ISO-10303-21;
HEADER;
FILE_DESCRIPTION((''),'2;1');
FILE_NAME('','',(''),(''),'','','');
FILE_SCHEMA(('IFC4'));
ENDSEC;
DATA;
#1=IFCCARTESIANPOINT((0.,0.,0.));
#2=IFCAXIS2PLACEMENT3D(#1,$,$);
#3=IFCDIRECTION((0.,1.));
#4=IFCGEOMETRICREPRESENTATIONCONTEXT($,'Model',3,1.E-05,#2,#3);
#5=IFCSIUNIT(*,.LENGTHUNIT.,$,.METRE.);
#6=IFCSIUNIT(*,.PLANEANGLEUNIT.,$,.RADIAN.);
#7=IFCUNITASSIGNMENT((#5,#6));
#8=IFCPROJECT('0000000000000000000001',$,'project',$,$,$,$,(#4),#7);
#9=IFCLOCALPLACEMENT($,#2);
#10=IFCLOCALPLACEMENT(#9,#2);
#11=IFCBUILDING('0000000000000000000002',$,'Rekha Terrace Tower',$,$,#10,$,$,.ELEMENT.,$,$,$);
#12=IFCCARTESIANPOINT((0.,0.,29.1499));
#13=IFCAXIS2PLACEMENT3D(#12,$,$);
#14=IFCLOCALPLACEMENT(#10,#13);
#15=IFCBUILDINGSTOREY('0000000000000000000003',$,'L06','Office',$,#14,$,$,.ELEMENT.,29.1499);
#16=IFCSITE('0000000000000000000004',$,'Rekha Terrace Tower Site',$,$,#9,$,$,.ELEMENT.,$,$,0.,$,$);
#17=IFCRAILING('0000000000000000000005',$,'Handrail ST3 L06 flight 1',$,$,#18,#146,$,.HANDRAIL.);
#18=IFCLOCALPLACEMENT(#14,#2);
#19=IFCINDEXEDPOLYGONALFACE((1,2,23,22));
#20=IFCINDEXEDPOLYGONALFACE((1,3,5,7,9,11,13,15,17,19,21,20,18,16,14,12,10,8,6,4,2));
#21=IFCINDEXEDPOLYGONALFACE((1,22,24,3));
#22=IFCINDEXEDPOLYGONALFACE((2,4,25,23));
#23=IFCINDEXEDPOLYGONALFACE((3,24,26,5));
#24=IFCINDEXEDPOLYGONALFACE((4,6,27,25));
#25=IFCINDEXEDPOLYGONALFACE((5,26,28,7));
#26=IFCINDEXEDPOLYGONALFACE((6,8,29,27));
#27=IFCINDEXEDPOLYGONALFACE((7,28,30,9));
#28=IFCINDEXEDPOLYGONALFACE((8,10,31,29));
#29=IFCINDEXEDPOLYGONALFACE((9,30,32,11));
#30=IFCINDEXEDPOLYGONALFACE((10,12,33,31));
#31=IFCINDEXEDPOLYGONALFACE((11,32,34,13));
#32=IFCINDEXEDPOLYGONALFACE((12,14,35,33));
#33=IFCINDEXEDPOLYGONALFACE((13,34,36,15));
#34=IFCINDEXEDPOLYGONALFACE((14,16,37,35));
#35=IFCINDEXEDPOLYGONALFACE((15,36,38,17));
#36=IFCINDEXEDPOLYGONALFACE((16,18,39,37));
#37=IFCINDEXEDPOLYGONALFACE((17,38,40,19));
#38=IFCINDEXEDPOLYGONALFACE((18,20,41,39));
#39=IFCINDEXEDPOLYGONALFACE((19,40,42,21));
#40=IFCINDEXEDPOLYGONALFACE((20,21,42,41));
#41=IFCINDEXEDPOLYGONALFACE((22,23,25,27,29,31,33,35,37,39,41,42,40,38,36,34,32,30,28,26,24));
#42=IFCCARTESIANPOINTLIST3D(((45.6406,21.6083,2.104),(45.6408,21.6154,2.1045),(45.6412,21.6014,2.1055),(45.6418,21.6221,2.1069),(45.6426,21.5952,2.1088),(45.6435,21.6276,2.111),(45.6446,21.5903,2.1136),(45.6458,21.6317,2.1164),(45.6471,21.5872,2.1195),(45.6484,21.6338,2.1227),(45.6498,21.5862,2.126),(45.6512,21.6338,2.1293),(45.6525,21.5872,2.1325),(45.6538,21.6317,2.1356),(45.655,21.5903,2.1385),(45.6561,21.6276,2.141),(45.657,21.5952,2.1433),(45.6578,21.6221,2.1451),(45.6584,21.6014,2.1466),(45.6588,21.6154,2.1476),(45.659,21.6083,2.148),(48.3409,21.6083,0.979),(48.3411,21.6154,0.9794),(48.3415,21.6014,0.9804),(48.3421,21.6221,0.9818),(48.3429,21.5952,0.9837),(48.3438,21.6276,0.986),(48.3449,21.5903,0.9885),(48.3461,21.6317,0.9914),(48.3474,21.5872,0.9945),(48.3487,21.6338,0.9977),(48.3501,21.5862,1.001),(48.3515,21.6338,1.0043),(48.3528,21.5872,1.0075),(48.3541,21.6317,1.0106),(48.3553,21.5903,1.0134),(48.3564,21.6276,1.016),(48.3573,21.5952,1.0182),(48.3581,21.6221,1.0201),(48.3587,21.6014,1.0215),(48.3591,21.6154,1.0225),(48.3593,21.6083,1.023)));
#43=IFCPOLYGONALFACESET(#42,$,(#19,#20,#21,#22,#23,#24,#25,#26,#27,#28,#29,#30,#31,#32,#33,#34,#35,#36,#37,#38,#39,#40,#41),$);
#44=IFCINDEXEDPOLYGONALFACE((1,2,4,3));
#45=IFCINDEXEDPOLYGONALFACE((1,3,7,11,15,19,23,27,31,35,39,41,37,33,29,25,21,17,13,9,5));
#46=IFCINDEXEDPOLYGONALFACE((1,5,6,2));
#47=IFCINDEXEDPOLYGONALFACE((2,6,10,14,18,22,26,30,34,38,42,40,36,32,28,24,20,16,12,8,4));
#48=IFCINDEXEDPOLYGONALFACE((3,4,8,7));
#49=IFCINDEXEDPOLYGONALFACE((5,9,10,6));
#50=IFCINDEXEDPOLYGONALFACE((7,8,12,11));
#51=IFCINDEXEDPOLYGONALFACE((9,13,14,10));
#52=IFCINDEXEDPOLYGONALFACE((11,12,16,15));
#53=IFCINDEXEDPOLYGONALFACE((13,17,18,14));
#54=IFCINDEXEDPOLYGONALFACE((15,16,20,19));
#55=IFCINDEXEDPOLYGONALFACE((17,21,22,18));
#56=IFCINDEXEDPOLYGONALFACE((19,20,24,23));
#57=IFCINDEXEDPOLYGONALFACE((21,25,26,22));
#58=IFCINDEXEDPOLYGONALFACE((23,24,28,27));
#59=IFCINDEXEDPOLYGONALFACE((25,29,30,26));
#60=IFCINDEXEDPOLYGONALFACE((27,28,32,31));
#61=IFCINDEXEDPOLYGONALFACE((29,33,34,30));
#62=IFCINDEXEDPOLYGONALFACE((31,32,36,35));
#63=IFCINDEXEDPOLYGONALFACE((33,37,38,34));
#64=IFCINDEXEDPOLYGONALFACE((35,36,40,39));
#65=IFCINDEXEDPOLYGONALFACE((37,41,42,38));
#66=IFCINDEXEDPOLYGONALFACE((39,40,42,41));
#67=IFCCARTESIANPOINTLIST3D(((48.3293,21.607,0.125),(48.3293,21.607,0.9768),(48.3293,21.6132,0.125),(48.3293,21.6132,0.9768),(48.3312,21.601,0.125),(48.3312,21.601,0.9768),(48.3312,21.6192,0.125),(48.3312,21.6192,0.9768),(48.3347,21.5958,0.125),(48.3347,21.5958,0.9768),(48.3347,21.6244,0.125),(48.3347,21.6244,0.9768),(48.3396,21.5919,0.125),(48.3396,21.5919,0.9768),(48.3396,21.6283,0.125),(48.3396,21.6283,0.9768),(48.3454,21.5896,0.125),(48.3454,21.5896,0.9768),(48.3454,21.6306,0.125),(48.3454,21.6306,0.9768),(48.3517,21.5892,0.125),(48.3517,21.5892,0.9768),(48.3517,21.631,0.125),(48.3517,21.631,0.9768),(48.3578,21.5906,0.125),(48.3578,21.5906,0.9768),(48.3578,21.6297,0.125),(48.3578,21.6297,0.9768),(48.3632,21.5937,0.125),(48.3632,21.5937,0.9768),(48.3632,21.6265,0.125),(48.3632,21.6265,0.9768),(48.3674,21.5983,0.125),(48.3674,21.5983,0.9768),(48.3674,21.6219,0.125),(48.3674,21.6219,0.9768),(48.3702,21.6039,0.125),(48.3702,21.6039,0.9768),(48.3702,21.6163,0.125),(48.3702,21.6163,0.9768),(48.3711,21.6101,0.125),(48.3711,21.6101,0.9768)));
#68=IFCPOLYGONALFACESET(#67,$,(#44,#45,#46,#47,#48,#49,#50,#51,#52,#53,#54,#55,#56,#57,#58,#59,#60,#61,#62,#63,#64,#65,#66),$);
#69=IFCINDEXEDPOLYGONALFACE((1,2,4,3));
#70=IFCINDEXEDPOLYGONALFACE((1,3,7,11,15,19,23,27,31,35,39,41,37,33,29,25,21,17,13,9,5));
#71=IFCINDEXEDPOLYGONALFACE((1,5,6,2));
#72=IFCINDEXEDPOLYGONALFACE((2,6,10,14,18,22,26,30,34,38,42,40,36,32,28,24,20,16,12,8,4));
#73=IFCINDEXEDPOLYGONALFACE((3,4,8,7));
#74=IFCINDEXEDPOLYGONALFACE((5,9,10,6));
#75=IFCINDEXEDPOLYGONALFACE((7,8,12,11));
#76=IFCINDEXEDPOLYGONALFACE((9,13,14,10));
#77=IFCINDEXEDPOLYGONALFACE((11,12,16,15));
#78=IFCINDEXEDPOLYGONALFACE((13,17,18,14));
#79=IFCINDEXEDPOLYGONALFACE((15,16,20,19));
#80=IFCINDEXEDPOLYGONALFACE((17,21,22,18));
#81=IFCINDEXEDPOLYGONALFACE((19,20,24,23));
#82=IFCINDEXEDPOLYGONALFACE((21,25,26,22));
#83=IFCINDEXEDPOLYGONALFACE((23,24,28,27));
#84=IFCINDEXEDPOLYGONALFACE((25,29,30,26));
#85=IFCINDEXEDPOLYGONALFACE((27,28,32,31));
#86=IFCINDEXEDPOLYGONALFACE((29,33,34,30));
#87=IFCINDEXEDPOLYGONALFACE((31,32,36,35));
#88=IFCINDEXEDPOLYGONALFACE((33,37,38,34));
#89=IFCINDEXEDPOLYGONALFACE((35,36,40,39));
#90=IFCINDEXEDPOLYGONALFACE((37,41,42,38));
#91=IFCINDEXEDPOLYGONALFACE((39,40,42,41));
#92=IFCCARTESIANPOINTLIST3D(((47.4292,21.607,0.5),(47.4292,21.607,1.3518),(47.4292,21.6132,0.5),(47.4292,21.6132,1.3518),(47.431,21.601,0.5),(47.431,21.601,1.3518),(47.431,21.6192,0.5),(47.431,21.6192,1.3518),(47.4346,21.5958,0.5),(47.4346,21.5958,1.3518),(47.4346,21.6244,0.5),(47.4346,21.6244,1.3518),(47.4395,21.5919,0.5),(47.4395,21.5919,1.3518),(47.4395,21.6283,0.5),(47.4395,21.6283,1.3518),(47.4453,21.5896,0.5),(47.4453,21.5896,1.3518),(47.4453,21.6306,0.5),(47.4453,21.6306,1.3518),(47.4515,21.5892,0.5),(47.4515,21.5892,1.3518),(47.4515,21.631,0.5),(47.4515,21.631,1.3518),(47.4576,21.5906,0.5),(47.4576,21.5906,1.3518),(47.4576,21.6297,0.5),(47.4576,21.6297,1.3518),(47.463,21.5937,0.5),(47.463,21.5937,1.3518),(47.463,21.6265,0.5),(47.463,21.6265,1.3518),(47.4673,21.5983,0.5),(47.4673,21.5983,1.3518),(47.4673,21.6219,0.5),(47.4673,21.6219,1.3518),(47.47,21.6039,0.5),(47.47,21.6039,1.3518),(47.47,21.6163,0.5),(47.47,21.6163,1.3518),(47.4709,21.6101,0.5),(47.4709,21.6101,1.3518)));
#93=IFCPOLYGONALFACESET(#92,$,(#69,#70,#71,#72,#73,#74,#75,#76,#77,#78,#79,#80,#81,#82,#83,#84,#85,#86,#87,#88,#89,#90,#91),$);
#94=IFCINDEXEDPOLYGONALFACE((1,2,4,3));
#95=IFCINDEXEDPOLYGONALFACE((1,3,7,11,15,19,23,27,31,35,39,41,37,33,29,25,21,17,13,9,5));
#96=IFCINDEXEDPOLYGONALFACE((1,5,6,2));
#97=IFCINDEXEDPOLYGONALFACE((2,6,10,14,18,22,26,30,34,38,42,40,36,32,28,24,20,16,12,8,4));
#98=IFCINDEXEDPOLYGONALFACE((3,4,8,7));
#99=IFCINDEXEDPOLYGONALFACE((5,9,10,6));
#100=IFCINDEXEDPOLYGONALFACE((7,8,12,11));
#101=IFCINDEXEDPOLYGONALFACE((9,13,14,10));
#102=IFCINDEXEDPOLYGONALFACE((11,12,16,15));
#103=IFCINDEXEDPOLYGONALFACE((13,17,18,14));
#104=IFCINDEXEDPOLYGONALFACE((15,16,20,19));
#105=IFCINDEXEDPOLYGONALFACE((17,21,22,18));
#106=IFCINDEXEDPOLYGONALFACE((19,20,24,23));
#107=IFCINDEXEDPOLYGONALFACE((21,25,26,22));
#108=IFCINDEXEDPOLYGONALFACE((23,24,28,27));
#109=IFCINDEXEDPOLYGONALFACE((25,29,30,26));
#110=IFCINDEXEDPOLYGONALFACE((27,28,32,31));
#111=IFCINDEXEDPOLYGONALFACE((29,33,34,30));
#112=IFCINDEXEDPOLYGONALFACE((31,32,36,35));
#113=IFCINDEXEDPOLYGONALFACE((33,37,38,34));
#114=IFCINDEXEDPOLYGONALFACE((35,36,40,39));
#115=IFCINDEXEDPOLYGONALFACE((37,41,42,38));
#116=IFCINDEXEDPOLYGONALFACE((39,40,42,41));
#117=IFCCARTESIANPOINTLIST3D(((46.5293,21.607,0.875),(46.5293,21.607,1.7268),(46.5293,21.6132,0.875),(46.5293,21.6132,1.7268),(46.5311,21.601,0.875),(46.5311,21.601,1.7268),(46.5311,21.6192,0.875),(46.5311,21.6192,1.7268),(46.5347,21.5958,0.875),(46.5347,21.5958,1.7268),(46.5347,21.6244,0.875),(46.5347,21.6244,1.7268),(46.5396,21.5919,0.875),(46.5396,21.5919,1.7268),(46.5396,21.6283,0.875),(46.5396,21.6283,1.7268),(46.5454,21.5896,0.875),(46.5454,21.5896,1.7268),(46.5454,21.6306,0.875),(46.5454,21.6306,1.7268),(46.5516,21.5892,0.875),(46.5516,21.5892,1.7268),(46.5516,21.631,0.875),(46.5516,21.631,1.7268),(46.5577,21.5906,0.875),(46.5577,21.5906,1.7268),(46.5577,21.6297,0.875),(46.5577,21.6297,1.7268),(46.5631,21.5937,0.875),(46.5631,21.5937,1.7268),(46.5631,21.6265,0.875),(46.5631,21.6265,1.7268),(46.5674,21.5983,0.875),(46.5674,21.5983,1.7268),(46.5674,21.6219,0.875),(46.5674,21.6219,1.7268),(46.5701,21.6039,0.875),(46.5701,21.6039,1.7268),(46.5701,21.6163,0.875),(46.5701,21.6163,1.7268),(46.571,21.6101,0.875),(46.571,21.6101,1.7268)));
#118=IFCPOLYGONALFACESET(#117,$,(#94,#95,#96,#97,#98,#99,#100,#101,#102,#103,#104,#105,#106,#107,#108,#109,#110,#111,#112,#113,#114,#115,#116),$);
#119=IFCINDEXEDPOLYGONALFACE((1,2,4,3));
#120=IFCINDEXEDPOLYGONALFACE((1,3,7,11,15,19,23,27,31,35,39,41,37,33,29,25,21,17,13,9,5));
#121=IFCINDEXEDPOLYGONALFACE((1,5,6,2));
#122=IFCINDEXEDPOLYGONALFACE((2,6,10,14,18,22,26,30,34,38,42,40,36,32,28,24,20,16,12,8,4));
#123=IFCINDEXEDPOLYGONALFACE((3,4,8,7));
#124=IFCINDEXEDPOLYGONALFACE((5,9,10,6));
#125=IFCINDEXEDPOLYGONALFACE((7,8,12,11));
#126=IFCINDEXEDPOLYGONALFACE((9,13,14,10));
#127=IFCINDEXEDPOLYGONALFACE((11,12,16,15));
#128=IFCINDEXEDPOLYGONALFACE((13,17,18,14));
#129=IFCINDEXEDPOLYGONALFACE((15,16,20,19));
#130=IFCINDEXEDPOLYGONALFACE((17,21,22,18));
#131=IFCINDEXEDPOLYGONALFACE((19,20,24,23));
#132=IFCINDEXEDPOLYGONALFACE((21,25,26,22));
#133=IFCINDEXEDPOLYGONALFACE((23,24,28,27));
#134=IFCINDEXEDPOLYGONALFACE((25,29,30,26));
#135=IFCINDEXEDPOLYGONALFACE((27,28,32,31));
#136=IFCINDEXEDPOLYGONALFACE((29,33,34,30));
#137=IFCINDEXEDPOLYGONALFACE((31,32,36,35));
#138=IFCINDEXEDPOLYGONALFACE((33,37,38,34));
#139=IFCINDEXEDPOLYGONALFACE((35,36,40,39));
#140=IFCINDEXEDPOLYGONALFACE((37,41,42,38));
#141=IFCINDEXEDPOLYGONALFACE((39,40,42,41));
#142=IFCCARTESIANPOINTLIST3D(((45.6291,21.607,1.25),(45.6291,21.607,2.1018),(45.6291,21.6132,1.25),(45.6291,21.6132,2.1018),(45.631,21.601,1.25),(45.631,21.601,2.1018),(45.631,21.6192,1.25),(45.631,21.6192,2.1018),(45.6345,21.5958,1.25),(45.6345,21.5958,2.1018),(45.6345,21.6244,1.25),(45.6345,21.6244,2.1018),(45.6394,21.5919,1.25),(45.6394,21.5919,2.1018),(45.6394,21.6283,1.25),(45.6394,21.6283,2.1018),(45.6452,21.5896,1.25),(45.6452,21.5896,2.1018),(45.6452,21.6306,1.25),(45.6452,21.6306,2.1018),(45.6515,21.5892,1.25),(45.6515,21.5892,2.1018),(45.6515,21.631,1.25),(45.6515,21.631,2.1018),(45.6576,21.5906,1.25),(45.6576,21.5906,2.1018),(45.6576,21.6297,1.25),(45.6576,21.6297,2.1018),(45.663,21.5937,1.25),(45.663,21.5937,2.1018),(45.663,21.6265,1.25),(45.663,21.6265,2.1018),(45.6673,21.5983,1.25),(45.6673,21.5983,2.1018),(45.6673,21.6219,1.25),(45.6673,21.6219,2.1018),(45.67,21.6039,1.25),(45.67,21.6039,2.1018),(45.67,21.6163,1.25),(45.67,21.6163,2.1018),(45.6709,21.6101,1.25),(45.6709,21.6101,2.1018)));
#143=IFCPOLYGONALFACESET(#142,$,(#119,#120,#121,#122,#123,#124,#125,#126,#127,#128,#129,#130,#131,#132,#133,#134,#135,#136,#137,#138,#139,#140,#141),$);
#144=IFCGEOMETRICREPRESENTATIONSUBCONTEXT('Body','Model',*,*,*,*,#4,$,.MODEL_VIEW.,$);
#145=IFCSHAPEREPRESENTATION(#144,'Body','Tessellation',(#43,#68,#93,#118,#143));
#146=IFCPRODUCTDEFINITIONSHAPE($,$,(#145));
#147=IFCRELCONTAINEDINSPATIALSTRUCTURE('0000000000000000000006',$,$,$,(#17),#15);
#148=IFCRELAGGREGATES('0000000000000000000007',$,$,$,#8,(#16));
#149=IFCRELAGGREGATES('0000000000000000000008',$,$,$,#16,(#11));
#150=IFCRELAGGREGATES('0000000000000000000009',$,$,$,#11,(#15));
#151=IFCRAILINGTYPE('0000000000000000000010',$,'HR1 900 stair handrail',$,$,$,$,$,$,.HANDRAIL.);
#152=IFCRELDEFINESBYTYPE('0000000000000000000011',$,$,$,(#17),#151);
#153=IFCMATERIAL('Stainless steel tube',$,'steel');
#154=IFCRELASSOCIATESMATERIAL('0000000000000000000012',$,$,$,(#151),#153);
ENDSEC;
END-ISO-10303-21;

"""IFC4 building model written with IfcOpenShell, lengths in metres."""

from ifc_helpers import new_model, si_unit, direction, frame, origin, origin_2d, place, context, subcontext, project, spatial, circle, extrude, material, type_object, element, save


model = new_model("IFC4")

# Units and contexts
model_context = context("Model", 3, precision=1e-05, world=origin(), true_north=direction((0.0, 1.0)))
body_context = subcontext(model_context, "Body", "Model", "MODEL_VIEW")
ifc_project = project(units=[si_unit("LENGTHUNIT", "METRE"), si_unit("PLANEANGLEUNIT", "RADIAN")], contexts=[model_context])

# Site, building, storey
site_placement = place(None, origin())
site = spatial("IfcSite", under=ifc_project, at=site_placement, Name="Rekha Terrace Tower Site", CompositionType="ELEMENT", RefElevation=0.0)
building_placement = place(site_placement, origin())
building = spatial("IfcBuilding", under=site, at=building_placement, Name="Rekha Terrace Tower", CompositionType="ELEMENT")
storey_placement = place(building_placement, frame((0.0, 0.0, 29.1499)))
storey = spatial("IfcBuildingStorey", under=building, at=storey_placement, Name="L06", Description="Office", CompositionType="ELEMENT", Elevation=29.1499)

# Railing
ifc_material_1 = material(Name="Stainless steel tube", Category="steel")
railing_type_1 = type_object("IfcRailingType", Name="HR1 900 stair handrail", PredefinedType="HANDRAIL", material=ifc_material_1)
railing_1_placement = place(storey_placement, frame((48.3501, 21.6101, 0.125)))
element("IfcRailing", 1, at=railing_1_placement, inside=storey, type_object=railing_type_1, Name="Handrail ST3 L06 flight 1", PredefinedType="HANDRAIL", context=body_context, shape_type="SweptSolid", body=[
    extrude(circle(Radius=0.0239, at=origin_2d()), frame((0.0, 0.0, 0.876), z_axis=(-0.923087, 0.0, 0.384592), x_axis=(0.0, -1.0, 0.0)), (0.0, 0.0, 1.0), 2.9253),
    extrude(circle(Radius=0.021, at=origin_2d()), origin(), (0.0, 0.0, 1.0), 0.8518),
    extrude(circle(Radius=0.021, at=origin_2d()), frame((-0.9001, 0.0, 0.375)), (0.0, 0.0, 1.0), 0.8518),
    extrude(circle(Radius=0.021, at=origin_2d()), frame((-1.8, 0.0, 0.75)), (0.0, 0.0, 1.0), 0.8518),
    extrude(circle(Radius=0.021, at=origin_2d()), frame((-2.7002, 0.0, 1.125)), (0.0, 0.0, 1.0), 0.8518),
])

save(model, "model.ifc")
